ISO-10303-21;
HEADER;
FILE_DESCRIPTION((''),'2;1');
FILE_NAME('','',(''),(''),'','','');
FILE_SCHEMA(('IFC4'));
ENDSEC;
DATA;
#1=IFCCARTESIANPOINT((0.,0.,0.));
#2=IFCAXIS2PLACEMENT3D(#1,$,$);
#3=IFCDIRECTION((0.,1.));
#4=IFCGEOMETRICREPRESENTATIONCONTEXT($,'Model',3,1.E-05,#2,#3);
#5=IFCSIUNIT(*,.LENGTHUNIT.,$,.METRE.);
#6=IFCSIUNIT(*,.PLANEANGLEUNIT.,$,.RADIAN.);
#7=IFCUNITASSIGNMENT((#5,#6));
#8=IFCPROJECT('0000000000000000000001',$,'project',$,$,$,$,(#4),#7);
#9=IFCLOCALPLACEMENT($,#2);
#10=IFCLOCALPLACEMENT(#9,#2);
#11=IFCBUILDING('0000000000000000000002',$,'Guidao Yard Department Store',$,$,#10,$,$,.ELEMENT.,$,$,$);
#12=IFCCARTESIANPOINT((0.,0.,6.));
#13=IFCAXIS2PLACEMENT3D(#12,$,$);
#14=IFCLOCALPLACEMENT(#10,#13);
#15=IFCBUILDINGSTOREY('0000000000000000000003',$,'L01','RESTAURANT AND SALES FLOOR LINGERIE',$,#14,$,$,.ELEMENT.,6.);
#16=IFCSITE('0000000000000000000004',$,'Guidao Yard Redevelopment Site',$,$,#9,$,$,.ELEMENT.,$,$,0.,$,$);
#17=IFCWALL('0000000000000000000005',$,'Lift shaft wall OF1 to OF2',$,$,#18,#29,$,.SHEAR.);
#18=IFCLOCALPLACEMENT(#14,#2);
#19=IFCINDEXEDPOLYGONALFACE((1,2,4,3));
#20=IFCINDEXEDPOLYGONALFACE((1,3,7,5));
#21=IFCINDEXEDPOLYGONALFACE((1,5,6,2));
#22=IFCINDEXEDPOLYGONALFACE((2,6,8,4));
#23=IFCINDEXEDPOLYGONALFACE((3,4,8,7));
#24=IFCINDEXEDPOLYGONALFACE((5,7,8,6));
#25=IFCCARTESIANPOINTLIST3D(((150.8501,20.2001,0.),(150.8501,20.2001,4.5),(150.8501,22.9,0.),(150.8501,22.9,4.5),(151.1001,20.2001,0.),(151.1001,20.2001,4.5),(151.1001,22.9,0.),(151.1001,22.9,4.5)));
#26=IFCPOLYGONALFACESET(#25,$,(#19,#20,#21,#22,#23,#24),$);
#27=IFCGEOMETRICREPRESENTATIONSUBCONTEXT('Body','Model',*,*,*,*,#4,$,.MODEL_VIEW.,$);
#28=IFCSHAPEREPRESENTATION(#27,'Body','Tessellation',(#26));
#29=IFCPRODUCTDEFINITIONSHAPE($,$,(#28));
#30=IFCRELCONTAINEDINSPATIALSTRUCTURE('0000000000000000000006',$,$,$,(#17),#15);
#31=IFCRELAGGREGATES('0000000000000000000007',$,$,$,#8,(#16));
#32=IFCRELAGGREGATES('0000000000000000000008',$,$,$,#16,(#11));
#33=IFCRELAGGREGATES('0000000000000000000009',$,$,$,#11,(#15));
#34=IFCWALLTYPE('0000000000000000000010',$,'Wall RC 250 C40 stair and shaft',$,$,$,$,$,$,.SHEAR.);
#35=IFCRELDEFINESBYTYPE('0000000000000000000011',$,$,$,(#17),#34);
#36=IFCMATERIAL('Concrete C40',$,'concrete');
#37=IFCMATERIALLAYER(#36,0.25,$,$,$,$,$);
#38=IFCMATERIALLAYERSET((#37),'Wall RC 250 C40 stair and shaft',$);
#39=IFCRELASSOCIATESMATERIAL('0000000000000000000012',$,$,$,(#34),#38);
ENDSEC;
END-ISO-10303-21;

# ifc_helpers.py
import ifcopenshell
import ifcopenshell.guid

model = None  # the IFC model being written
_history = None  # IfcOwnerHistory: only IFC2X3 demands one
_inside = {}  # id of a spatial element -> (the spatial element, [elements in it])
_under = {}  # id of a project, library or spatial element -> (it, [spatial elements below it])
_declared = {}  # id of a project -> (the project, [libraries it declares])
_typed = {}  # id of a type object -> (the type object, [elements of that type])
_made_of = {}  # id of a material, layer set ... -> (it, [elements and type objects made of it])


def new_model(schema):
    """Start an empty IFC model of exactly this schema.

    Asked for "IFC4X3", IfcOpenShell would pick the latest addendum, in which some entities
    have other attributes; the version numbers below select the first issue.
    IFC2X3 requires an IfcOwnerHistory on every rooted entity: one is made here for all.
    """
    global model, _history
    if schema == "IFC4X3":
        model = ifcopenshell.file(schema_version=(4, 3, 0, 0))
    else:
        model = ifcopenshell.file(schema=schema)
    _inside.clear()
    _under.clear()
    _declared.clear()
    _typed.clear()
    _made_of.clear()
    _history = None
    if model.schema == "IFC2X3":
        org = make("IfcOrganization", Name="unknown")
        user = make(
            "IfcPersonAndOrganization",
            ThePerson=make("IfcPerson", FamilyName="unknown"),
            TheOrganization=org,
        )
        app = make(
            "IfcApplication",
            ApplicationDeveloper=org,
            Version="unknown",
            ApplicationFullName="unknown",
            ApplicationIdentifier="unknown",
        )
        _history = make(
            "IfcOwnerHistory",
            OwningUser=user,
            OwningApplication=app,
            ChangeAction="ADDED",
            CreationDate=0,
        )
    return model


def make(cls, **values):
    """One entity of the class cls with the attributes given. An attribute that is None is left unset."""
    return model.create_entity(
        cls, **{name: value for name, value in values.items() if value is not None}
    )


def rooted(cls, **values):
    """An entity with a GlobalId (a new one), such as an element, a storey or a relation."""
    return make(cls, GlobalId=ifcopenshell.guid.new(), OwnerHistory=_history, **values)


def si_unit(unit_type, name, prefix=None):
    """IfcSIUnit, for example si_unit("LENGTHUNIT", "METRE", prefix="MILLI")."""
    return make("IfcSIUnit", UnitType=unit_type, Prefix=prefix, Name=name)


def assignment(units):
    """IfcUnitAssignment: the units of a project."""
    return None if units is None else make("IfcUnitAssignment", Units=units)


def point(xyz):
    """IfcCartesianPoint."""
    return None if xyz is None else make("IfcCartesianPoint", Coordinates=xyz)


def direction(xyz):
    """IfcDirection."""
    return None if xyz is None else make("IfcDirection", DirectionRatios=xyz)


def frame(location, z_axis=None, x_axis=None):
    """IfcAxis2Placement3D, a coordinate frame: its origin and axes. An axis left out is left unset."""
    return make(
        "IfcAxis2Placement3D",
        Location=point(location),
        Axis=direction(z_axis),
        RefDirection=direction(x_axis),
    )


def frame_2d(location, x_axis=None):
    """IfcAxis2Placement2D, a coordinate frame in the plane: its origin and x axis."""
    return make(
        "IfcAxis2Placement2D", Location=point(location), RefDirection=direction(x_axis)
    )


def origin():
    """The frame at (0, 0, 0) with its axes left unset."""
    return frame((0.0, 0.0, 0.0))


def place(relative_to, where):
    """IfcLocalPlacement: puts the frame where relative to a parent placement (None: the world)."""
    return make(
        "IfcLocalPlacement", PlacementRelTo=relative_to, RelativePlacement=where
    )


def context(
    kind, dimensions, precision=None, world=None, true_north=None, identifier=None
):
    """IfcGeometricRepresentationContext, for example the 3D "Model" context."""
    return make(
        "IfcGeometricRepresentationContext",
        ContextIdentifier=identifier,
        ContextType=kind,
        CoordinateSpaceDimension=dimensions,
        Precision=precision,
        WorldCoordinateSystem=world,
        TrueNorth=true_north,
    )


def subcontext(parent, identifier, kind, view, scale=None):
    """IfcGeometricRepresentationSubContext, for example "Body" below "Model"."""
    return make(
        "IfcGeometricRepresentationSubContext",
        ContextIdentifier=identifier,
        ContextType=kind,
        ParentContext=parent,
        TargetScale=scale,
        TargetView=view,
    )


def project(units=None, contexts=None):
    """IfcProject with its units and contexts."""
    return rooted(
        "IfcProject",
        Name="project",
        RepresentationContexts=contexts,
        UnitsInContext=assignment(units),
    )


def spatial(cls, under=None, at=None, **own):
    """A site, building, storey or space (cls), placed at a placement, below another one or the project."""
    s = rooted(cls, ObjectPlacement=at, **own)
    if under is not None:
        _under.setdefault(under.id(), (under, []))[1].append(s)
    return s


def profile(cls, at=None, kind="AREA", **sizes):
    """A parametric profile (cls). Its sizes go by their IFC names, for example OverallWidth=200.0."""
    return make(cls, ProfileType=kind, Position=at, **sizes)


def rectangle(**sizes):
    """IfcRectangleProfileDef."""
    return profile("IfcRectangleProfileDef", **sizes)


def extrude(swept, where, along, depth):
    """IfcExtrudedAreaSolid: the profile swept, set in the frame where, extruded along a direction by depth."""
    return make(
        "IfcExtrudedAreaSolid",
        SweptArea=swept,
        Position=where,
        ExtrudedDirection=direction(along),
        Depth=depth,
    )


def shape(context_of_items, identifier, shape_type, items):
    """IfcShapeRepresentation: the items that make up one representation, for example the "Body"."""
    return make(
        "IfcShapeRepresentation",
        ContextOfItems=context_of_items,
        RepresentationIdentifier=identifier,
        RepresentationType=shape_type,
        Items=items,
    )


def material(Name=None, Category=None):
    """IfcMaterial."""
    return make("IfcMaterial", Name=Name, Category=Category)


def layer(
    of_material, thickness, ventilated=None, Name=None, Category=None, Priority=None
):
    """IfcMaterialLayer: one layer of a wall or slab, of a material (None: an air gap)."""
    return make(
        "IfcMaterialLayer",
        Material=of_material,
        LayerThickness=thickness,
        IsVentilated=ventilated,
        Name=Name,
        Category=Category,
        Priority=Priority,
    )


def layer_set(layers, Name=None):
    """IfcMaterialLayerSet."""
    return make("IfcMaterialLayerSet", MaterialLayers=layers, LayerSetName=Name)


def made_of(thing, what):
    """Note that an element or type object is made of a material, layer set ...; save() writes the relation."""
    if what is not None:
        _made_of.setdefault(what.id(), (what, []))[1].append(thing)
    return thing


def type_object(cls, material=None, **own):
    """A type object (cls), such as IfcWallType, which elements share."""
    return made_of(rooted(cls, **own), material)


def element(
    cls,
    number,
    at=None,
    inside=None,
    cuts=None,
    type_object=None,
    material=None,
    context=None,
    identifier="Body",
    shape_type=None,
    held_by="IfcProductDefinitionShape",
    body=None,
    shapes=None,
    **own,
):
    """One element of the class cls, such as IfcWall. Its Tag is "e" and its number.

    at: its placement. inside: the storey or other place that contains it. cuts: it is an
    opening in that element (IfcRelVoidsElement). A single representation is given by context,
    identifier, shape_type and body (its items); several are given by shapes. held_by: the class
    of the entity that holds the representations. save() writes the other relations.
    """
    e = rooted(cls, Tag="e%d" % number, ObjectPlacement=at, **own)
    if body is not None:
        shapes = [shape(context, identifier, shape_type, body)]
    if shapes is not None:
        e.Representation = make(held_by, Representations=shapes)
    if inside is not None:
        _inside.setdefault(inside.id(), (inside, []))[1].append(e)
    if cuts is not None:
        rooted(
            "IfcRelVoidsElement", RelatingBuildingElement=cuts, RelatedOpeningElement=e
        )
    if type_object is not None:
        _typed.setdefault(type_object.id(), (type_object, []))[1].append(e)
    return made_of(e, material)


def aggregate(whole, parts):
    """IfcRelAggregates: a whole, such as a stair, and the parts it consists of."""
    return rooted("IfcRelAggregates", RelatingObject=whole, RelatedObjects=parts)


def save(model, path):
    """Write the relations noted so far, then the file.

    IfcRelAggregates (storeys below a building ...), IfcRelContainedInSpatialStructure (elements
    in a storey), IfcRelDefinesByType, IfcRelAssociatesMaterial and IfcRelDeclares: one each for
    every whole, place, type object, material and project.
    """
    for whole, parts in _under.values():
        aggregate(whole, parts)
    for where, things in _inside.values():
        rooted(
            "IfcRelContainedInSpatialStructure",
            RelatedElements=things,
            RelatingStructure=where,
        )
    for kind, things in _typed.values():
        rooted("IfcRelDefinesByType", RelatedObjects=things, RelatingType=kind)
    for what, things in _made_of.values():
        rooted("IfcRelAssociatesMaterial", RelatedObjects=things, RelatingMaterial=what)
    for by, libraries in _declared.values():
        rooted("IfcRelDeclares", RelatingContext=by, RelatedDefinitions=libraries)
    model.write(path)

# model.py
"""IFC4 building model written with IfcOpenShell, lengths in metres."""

from ifc_helpers import new_model, si_unit, direction, frame, frame_2d, origin, place, context, subcontext, project, spatial, rectangle, extrude, material, layer, layer_set, type_object, element, save


model = new_model("IFC4")

# Units and contexts
model_context = context("Model", 3, precision=1e-05, world=origin(), true_north=direction((0.0, 1.0)))
body_context = subcontext(model_context, "Body", "Model", "MODEL_VIEW")
ifc_project = project(units=[si_unit("LENGTHUNIT", "METRE"), si_unit("PLANEANGLEUNIT", "RADIAN")], contexts=[model_context])

# Site, building, storey
site_placement = place(None, origin())
site = spatial("IfcSite", under=ifc_project, at=site_placement, Name="Guidao Yard Redevelopment Site", CompositionType="ELEMENT", RefElevation=0.0)
building_placement = place(site_placement, origin())
building = spatial("IfcBuilding", under=site, at=building_placement, Name="Guidao Yard Department Store", CompositionType="ELEMENT")
storey_placement = place(building_placement, frame((0.0, 0.0, 6.0)))
storey = spatial("IfcBuildingStorey", under=building, at=storey_placement, Name="L01", Description="RESTAURANT AND SALES FLOOR LINGERIE", CompositionType="ELEMENT", Elevation=6.0)

# Shared definitions
ifc_material_1 = material(Name="Concrete C40", Category="concrete")
ifc_layer_1 = layer(ifc_material_1, 0.25)
ifc_layer_set_1 = layer_set([ifc_layer_1], Name="Wall RC 250 C40 stair and shaft")
wall_type_1 = type_object("IfcWallType", Name="Wall RC 250 C40 stair and shaft", PredefinedType="SHEAR", material=ifc_layer_set_1)

# Wall
for number, where, z_axis, x_axis, name in (
    (1, (150.9751, 20.2, 0.0), (0.0, 0.0, 1.0), (0.0, 1.0, 0.0), "Lift shaft wall OF1 to OF2"),
):
    element("IfcWall", number, at=place(storey_placement, frame(where, z_axis=z_axis, x_axis=x_axis)), inside=storey, type_object=wall_type_1, Name=name, PredefinedType="SHEAR", context=body_context, shape_type="SweptSolid", body=[
        extrude(rectangle(XDim=2.7, YDim=0.25, at=frame_2d((1.3501, 0.0))), origin(), (0.0, 0.0, 1.0), 4.5),
    ])

save(model, "model.ifc")
